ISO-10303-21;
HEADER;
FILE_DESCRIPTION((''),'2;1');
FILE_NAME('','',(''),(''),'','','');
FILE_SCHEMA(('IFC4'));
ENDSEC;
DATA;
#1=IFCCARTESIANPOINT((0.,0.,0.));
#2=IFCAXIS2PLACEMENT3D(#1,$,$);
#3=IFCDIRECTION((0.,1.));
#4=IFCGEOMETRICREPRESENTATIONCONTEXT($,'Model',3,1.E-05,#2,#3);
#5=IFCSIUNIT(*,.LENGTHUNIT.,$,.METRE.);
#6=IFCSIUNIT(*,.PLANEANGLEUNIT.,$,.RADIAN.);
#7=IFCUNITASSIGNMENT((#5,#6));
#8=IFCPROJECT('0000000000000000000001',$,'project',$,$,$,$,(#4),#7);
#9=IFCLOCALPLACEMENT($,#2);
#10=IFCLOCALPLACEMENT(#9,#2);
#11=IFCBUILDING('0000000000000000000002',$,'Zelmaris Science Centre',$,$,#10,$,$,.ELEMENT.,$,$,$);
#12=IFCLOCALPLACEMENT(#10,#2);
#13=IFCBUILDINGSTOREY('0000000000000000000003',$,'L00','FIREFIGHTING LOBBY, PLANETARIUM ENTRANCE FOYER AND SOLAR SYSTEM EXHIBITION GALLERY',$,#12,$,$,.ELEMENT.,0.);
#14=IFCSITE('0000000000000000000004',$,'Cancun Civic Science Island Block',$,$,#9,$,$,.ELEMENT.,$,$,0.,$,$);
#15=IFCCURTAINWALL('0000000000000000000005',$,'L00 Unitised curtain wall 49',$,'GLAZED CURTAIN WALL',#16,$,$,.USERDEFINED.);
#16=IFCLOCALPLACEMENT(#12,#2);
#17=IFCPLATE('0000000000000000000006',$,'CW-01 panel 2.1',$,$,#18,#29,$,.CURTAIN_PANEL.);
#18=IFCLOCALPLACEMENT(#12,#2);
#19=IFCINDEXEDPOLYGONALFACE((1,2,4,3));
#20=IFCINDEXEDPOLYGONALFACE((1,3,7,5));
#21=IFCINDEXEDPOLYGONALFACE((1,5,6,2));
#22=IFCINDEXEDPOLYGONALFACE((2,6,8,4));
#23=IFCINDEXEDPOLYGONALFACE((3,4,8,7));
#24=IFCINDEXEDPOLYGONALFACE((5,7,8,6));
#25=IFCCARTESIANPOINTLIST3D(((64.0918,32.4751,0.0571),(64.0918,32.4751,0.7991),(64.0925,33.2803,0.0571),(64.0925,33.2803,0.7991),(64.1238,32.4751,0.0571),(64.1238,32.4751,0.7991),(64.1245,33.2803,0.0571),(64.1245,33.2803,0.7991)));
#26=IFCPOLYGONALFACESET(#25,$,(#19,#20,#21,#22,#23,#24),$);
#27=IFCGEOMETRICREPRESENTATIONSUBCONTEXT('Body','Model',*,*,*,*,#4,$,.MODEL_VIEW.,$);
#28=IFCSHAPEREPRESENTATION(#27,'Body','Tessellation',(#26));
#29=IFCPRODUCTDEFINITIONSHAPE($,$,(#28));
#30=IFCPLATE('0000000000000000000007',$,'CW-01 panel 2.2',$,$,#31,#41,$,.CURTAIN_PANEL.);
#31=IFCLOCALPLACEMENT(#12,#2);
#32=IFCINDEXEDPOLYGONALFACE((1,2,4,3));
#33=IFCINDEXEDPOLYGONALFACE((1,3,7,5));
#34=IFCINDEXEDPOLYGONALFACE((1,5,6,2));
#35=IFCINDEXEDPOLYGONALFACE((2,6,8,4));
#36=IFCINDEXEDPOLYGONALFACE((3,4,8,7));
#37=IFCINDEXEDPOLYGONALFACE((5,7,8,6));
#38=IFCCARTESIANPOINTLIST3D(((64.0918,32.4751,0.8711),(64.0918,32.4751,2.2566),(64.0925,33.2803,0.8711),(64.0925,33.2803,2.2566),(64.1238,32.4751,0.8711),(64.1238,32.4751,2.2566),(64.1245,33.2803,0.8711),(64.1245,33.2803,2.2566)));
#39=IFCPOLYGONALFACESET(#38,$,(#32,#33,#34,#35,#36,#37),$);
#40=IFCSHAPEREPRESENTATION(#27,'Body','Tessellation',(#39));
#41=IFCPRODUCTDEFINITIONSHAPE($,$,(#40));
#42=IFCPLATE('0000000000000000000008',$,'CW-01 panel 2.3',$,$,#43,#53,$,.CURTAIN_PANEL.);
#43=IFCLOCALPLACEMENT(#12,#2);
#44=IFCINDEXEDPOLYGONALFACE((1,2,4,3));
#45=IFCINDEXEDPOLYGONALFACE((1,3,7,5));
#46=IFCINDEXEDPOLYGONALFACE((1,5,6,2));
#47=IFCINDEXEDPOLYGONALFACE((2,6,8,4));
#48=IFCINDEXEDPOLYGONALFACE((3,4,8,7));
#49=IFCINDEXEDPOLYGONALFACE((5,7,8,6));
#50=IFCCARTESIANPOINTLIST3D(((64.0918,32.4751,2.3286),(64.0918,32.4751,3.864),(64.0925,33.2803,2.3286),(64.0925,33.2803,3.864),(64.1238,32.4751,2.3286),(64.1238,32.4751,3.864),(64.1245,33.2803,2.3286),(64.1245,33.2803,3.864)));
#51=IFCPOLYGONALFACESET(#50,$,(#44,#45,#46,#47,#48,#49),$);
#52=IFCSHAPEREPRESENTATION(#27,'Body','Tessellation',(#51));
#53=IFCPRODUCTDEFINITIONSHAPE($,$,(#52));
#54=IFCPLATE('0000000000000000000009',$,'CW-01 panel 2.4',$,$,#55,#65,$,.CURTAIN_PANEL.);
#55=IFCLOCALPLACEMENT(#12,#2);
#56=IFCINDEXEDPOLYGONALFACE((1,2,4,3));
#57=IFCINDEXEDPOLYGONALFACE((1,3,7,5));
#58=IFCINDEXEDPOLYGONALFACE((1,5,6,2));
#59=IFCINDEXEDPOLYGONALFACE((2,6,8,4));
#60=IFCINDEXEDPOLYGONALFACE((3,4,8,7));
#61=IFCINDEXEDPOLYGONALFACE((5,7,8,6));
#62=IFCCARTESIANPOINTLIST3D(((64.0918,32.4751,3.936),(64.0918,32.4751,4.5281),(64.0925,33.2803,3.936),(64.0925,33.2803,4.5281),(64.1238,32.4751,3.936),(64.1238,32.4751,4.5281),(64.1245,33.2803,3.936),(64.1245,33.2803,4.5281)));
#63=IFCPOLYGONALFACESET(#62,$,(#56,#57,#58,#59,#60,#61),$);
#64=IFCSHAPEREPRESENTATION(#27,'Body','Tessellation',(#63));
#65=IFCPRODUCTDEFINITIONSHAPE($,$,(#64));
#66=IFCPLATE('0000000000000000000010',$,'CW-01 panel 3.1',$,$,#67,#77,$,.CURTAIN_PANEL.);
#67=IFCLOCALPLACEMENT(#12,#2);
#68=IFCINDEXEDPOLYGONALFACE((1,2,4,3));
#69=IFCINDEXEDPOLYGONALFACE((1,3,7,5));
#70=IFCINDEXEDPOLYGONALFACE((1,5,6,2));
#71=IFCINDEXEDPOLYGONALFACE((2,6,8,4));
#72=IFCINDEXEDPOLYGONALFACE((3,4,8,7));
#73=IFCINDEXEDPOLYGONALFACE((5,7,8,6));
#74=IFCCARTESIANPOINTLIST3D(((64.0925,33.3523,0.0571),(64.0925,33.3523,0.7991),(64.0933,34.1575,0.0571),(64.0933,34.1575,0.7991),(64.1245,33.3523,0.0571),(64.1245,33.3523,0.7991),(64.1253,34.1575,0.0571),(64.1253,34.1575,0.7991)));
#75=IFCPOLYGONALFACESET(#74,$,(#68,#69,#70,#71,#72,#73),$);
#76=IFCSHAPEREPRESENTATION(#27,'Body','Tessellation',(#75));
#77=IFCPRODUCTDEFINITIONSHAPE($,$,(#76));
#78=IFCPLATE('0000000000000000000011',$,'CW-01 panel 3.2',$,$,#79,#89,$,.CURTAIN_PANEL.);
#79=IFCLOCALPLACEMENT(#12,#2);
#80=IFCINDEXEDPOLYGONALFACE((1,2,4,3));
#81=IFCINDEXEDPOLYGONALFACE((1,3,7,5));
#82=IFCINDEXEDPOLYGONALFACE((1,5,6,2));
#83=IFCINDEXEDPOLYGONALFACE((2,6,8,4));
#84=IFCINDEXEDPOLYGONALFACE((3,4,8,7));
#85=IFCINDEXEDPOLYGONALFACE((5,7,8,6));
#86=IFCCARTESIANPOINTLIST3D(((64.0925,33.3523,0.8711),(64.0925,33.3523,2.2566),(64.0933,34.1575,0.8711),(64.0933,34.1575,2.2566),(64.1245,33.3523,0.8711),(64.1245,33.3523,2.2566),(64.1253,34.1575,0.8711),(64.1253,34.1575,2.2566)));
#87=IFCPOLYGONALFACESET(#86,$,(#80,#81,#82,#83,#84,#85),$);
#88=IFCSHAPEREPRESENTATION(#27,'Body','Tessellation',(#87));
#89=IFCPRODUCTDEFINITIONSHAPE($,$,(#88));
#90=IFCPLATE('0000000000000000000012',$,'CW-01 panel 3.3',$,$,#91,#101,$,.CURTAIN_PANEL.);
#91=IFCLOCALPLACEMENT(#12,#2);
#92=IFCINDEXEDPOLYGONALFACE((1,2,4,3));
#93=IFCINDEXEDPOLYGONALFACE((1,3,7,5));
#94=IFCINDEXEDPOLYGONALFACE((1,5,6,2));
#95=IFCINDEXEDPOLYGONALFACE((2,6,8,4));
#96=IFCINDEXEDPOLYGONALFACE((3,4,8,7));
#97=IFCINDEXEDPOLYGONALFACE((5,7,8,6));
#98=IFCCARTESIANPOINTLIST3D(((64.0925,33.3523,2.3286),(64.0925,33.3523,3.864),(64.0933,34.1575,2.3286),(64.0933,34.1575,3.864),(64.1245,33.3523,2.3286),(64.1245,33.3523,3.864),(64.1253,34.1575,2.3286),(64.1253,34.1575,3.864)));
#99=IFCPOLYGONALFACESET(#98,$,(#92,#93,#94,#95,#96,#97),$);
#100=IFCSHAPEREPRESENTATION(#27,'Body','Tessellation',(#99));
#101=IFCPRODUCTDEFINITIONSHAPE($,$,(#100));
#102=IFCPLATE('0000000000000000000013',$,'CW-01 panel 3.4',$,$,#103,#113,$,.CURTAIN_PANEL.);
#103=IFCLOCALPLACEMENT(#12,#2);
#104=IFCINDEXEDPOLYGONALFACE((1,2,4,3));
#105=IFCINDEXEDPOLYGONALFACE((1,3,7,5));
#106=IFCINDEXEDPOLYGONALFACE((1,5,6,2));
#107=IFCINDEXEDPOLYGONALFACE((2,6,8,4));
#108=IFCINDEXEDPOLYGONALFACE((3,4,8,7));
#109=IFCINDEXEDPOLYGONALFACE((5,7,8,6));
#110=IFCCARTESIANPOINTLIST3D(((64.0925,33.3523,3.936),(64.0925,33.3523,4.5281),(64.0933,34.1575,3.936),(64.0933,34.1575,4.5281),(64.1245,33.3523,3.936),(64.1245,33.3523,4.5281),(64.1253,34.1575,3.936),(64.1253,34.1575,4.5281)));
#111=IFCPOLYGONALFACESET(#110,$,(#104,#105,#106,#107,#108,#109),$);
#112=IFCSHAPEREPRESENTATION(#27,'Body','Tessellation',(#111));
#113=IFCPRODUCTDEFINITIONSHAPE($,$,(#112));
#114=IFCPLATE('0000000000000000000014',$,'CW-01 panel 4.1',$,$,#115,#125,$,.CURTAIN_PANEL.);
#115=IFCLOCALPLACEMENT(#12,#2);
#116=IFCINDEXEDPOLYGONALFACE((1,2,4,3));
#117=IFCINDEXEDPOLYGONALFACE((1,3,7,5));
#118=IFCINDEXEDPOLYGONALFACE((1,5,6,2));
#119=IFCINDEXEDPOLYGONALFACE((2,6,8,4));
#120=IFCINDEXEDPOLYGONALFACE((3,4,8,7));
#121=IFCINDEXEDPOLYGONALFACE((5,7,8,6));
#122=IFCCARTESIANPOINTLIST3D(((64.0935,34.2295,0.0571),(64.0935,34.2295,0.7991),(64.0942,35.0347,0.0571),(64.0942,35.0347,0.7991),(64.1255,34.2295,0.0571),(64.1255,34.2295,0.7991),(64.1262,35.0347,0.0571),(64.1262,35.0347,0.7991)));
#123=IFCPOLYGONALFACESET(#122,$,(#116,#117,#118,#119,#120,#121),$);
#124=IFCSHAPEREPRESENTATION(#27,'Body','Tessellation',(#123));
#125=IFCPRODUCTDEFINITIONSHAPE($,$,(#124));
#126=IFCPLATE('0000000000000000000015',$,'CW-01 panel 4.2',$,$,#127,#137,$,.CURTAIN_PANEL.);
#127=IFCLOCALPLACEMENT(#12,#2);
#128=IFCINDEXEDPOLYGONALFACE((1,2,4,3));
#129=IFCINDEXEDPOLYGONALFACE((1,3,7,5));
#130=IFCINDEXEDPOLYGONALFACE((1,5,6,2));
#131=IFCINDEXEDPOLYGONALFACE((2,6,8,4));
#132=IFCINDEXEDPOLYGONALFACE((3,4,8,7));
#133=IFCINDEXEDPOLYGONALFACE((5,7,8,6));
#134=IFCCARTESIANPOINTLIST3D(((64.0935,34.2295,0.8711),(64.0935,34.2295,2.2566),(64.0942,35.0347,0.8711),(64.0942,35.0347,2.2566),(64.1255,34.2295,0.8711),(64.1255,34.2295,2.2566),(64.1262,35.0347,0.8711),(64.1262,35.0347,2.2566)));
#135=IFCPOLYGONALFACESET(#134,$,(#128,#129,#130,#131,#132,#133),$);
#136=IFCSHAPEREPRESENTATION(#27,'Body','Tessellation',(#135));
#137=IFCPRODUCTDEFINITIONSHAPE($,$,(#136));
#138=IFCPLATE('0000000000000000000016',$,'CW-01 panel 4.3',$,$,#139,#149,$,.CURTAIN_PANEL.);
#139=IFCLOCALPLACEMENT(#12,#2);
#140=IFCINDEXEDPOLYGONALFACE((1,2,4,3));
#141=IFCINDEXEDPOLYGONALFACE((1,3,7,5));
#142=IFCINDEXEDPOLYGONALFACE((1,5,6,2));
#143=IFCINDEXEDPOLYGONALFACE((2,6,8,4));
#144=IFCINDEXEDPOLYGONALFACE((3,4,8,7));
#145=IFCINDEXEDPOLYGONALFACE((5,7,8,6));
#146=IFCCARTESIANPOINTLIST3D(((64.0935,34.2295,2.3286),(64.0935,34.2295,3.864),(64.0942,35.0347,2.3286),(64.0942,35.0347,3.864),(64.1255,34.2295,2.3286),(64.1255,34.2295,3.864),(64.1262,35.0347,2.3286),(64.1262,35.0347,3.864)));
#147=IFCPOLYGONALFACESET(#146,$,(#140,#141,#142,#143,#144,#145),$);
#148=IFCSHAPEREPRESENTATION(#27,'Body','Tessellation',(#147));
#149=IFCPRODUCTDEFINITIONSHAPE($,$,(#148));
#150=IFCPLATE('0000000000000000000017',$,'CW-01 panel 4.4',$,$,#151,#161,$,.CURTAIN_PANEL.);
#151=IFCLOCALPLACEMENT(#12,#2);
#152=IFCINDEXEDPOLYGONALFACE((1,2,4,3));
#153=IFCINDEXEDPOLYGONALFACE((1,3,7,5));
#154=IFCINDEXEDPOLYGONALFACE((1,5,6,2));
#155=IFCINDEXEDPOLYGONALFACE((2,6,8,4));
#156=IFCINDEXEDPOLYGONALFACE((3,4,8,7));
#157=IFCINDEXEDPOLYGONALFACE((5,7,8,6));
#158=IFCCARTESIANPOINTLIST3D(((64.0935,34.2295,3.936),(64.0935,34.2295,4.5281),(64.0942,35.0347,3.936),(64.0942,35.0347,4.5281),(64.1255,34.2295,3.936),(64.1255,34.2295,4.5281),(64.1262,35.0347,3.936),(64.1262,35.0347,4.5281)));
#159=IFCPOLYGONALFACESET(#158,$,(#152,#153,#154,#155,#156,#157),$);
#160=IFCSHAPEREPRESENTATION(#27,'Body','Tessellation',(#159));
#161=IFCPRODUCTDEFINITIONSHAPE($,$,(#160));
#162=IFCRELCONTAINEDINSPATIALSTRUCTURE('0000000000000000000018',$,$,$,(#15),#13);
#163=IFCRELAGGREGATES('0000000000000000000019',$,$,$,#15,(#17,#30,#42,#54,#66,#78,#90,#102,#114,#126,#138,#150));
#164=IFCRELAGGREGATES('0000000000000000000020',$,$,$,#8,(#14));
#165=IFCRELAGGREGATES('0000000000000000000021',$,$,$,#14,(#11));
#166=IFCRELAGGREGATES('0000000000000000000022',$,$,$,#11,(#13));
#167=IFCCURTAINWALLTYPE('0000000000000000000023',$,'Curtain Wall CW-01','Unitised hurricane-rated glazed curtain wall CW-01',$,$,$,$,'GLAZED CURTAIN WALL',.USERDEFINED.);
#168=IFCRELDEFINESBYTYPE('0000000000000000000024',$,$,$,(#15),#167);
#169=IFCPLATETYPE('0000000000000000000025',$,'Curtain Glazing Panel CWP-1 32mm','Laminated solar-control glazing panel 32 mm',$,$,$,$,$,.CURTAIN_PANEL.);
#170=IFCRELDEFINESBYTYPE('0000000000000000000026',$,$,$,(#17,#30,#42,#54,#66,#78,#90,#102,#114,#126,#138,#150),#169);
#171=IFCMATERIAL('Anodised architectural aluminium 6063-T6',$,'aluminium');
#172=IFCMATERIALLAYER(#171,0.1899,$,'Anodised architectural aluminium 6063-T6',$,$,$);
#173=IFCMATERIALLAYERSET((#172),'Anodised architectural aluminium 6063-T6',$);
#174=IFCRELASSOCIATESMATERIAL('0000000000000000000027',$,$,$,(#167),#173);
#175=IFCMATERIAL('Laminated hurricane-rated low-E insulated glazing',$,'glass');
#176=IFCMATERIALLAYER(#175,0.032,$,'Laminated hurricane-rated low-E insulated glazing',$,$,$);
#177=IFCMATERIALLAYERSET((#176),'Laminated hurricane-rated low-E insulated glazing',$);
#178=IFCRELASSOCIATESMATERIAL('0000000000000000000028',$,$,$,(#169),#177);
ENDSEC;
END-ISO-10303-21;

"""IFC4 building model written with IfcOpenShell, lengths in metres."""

from ifc_helpers import new_model, si_unit, direction, frame, origin, origin_2d, place, context, subcontext, project, spatial, rectangle, extrude, material, layer, layer_set, type_object, element, aggregate, save


model = new_model("IFC4")

# Units and contexts
model_context = context("Model", 3, precision=1e-05, world=origin(), true_north=direction((0.0, 1.0)))
body_context = subcontext(model_context, "Body", "Model", "MODEL_VIEW")
ifc_project = project(units=[si_unit("LENGTHUNIT", "METRE"), si_unit("PLANEANGLEUNIT", "RADIAN")], contexts=[model_context])

# Site, building, storey
site_placement = place(None, origin())
site = spatial("IfcSite", under=ifc_project, at=site_placement, Name="Cancun Civic Science Island Block", CompositionType="ELEMENT", RefElevation=0.0)
building_placement = place(site_placement, origin())
building = spatial("IfcBuilding", under=site, at=building_placement, Name="Zelmaris Science Centre", CompositionType="ELEMENT")
storey_placement = place(building_placement, origin())
storey = spatial("IfcBuildingStorey", under=building, at=storey_placement, Name="L00", Description="FIREFIGHTING LOBBY, PLANETARIUM ENTRANCE FOYER AND SOLAR SYSTEM EXHIBITION GALLERY", CompositionType="ELEMENT", Elevation=0.0)

# Curtain wall, plates
ifc_material_1 = material(Name="Anodised architectural aluminium 6063-T6", Category="aluminium")
ifc_layer_1 = layer(ifc_material_1, 0.1899, Name="Anodised architectural aluminium 6063-T6")
ifc_layer_set_1 = layer_set([ifc_layer_1], Name="Anodised architectural aluminium 6063-T6")
curtain_wall_type = type_object("IfcCurtainWallType", Name="Curtain Wall CW-01", Description="Unitised hurricane-rated glazed curtain wall CW-01", ElementType="GLAZED CURTAIN WALL", PredefinedType="USERDEFINED", material=ifc_layer_set_1)
curtain_wall_placement = place(storey_placement, origin())
curtain_wall = element("IfcCurtainWall", 1, at=curtain_wall_placement, inside=storey, type_object=curtain_wall_type, Name="L00 Unitised curtain wall 49", ObjectType="GLAZED CURTAIN WALL", PredefinedType="USERDEFINED")
ifc_material_2 = material(Name="Laminated hurricane-rated low-E insulated glazing", Category="glass")
ifc_layer_2 = layer(ifc_material_2, 0.032, Name="Laminated hurricane-rated low-E insulated glazing")
ifc_layer_set_2 = layer_set([ifc_layer_2], Name="Laminated hurricane-rated low-E insulated glazing")
plate_type = type_object("IfcPlateType", Name="Curtain Glazing Panel CWP-1 32mm", Description="Laminated solar-control glazing panel 32 mm", PredefinedType="CURTAIN_PANEL", material=ifc_layer_set_2)
plate_1_placement = place(storey_placement, frame((64.1082, 32.8777, 0.0571), z_axis=(0.0, 0.0, 1.0), x_axis=(0.000935, 1.0, 0.0)))
plate_1 = element("IfcPlate", 2, at=plate_1_placement, type_object=plate_type, Name="CW-01 panel 2.1", PredefinedType="CURTAIN_PANEL", context=body_context, shape_type="SweptSolid", body=[
    extrude(rectangle(XDim=0.8052, YDim=0.032, at=origin_2d()), origin(), (0.0, 0.0, 1.0), 0.7419),
])
plate_2_placement = place(storey_placement, frame((64.1082, 32.8777, 0.8711), z_axis=(0.0, 0.0, 1.0), x_axis=(0.000935, 1.0, 0.0)))
plate_2 = element("IfcPlate", 3, at=plate_2_placement, type_object=plate_type, Name="CW-01 panel 2.2", PredefinedType="CURTAIN_PANEL", context=body_context, shape_type="SweptSolid", body=[
    extrude(rectangle(XDim=0.8052, YDim=0.032, at=origin_2d()), origin(), (0.0, 0.0, 1.0), 1.3855),
])
plate_3_placement = place(storey_placement, frame((64.1082, 32.8777, 2.3286), z_axis=(0.0, 0.0, 1.0), x_axis=(0.000935, 1.0, 0.0)))
plate_3 = element("IfcPlate", 4, at=plate_3_placement, type_object=plate_type, Name="CW-01 panel 2.3", PredefinedType="CURTAIN_PANEL", context=body_context, shape_type="SweptSolid", body=[
    extrude(rectangle(XDim=0.8052, YDim=0.032, at=origin_2d()), origin(), (0.0, 0.0, 1.0), 1.5354),
])
plate_4_placement = place(storey_placement, frame((64.1082, 32.8777, 3.936), z_axis=(0.0, 0.0, 1.0), x_axis=(0.000935, 1.0, 0.0)))
plate_4 = element("IfcPlate", 5, at=plate_4_placement, type_object=plate_type, Name="CW-01 panel 2.4", PredefinedType="CURTAIN_PANEL", context=body_context, shape_type="SweptSolid", body=[
    extrude(rectangle(XDim=0.8052, YDim=0.032, at=origin_2d()), origin(), (0.0, 0.0, 1.0), 0.592),
])
plate_5_placement = place(storey_placement, frame((64.1089, 33.7549, 0.0571), z_axis=(0.0, 0.0, 1.0), x_axis=(0.000935, 1.0, 0.0)))
plate_5 = element("IfcPlate", 6, at=plate_5_placement, type_object=plate_type, Name="CW-01 panel 3.1", PredefinedType="CURTAIN_PANEL", context=body_context, shape_type="SweptSolid", body=[
    extrude(rectangle(XDim=0.8052, YDim=0.032, at=origin_2d()), origin(), (0.0, 0.0, 1.0), 0.7419),
])
plate_6_placement = place(storey_placement, frame((64.1089, 33.7549, 0.8711), z_axis=(0.0, 0.0, 1.0), x_axis=(0.000935, 1.0, 0.0)))
plate_6 = element("IfcPlate", 7, at=plate_6_placement, type_object=plate_type, Name="CW-01 panel 3.2", PredefinedType="CURTAIN_PANEL", context=body_context, shape_type="SweptSolid", body=[
    extrude(rectangle(XDim=0.8052, YDim=0.032, at=origin_2d()), origin(), (0.0, 0.0, 1.0), 1.3855),
])
plate_7_placement = place(storey_placement, frame((64.1089, 33.7549, 2.3286), z_axis=(0.0, 0.0, 1.0), x_axis=(0.000935, 1.0, 0.0)))
plate_7 = element("IfcPlate", 8, at=plate_7_placement, type_object=plate_type, Name="CW-01 panel 3.3", PredefinedType="CURTAIN_PANEL", context=body_context, shape_type="SweptSolid", body=[
    extrude(rectangle(XDim=0.8052, YDim=0.032, at=origin_2d()), origin(), (0.0, 0.0, 1.0), 1.5354),
])
plate_8_placement = place(storey_placement, frame((64.1089, 33.7549, 3.936), z_axis=(0.0, 0.0, 1.0), x_axis=(0.000935, 1.0, 0.0)))
plate_8 = element("IfcPlate", 9, at=plate_8_placement, type_object=plate_type, Name="CW-01 panel 3.4", PredefinedType="CURTAIN_PANEL", context=body_context, shape_type="SweptSolid", body=[
    extrude(rectangle(XDim=0.8052, YDim=0.032, at=origin_2d()), origin(), (0.0, 0.0, 1.0), 0.592),
])
plate_9_placement = place(storey_placement, frame((64.1099, 34.6321, 0.0571), z_axis=(0.0, 0.0, 1.0), x_axis=(0.000935, 1.0, 0.0)))
plate_9 = element("IfcPlate", 10, at=plate_9_placement, type_object=plate_type, Name="CW-01 panel 4.1", PredefinedType="CURTAIN_PANEL", context=body_context, shape_type="SweptSolid", body=[
    extrude(rectangle(XDim=0.8052, YDim=0.032, at=origin_2d()), origin(), (0.0, 0.0, 1.0), 0.7419),
])
plate_10_placement = place(storey_placement, frame((64.1099, 34.6321, 0.8711), z_axis=(0.0, 0.0, 1.0), x_axis=(0.000935, 1.0, 0.0)))
plate_10 = element("IfcPlate", 11, at=plate_10_placement, type_object=plate_type, Name="CW-01 panel 4.2", PredefinedType="CURTAIN_PANEL", context=body_context, shape_type="SweptSolid", body=[
    extrude(rectangle(XDim=0.8052, YDim=0.032, at=origin_2d()), origin(), (0.0, 0.0, 1.0), 1.3855),
])
plate_11_placement = place(storey_placement, frame((64.1099, 34.6321, 2.3286), z_axis=(0.0, 0.0, 1.0), x_axis=(0.000935, 1.0, 0.0)))
plate_11 = element("IfcPlate", 12, at=plate_11_placement, type_object=plate_type, Name="CW-01 panel 4.3", PredefinedType="CURTAIN_PANEL", context=body_context, shape_type="SweptSolid", body=[
    extrude(rectangle(XDim=0.8052, YDim=0.032, at=origin_2d()), origin(), (0.0, 0.0, 1.0), 1.5354),
])
plate_12_placement = place(storey_placement, frame((64.1099, 34.6321, 3.936), z_axis=(0.0, 0.0, 1.0), x_axis=(0.000935, 1.0, 0.0)))
plate_12 = element("IfcPlate", 13, at=plate_12_placement, type_object=plate_type, Name="CW-01 panel 4.4", PredefinedType="CURTAIN_PANEL", context=body_context, shape_type="SweptSolid", body=[
    extrude(rectangle(XDim=0.8052, YDim=0.032, at=origin_2d()), origin(), (0.0, 0.0, 1.0), 0.592),
])
aggregate(curtain_wall, [plate_1, plate_2, plate_3, plate_4, plate_5, plate_6, plate_7, plate_8, plate_9, plate_10, plate_11, plate_12])

save(model, "model.ifc")
